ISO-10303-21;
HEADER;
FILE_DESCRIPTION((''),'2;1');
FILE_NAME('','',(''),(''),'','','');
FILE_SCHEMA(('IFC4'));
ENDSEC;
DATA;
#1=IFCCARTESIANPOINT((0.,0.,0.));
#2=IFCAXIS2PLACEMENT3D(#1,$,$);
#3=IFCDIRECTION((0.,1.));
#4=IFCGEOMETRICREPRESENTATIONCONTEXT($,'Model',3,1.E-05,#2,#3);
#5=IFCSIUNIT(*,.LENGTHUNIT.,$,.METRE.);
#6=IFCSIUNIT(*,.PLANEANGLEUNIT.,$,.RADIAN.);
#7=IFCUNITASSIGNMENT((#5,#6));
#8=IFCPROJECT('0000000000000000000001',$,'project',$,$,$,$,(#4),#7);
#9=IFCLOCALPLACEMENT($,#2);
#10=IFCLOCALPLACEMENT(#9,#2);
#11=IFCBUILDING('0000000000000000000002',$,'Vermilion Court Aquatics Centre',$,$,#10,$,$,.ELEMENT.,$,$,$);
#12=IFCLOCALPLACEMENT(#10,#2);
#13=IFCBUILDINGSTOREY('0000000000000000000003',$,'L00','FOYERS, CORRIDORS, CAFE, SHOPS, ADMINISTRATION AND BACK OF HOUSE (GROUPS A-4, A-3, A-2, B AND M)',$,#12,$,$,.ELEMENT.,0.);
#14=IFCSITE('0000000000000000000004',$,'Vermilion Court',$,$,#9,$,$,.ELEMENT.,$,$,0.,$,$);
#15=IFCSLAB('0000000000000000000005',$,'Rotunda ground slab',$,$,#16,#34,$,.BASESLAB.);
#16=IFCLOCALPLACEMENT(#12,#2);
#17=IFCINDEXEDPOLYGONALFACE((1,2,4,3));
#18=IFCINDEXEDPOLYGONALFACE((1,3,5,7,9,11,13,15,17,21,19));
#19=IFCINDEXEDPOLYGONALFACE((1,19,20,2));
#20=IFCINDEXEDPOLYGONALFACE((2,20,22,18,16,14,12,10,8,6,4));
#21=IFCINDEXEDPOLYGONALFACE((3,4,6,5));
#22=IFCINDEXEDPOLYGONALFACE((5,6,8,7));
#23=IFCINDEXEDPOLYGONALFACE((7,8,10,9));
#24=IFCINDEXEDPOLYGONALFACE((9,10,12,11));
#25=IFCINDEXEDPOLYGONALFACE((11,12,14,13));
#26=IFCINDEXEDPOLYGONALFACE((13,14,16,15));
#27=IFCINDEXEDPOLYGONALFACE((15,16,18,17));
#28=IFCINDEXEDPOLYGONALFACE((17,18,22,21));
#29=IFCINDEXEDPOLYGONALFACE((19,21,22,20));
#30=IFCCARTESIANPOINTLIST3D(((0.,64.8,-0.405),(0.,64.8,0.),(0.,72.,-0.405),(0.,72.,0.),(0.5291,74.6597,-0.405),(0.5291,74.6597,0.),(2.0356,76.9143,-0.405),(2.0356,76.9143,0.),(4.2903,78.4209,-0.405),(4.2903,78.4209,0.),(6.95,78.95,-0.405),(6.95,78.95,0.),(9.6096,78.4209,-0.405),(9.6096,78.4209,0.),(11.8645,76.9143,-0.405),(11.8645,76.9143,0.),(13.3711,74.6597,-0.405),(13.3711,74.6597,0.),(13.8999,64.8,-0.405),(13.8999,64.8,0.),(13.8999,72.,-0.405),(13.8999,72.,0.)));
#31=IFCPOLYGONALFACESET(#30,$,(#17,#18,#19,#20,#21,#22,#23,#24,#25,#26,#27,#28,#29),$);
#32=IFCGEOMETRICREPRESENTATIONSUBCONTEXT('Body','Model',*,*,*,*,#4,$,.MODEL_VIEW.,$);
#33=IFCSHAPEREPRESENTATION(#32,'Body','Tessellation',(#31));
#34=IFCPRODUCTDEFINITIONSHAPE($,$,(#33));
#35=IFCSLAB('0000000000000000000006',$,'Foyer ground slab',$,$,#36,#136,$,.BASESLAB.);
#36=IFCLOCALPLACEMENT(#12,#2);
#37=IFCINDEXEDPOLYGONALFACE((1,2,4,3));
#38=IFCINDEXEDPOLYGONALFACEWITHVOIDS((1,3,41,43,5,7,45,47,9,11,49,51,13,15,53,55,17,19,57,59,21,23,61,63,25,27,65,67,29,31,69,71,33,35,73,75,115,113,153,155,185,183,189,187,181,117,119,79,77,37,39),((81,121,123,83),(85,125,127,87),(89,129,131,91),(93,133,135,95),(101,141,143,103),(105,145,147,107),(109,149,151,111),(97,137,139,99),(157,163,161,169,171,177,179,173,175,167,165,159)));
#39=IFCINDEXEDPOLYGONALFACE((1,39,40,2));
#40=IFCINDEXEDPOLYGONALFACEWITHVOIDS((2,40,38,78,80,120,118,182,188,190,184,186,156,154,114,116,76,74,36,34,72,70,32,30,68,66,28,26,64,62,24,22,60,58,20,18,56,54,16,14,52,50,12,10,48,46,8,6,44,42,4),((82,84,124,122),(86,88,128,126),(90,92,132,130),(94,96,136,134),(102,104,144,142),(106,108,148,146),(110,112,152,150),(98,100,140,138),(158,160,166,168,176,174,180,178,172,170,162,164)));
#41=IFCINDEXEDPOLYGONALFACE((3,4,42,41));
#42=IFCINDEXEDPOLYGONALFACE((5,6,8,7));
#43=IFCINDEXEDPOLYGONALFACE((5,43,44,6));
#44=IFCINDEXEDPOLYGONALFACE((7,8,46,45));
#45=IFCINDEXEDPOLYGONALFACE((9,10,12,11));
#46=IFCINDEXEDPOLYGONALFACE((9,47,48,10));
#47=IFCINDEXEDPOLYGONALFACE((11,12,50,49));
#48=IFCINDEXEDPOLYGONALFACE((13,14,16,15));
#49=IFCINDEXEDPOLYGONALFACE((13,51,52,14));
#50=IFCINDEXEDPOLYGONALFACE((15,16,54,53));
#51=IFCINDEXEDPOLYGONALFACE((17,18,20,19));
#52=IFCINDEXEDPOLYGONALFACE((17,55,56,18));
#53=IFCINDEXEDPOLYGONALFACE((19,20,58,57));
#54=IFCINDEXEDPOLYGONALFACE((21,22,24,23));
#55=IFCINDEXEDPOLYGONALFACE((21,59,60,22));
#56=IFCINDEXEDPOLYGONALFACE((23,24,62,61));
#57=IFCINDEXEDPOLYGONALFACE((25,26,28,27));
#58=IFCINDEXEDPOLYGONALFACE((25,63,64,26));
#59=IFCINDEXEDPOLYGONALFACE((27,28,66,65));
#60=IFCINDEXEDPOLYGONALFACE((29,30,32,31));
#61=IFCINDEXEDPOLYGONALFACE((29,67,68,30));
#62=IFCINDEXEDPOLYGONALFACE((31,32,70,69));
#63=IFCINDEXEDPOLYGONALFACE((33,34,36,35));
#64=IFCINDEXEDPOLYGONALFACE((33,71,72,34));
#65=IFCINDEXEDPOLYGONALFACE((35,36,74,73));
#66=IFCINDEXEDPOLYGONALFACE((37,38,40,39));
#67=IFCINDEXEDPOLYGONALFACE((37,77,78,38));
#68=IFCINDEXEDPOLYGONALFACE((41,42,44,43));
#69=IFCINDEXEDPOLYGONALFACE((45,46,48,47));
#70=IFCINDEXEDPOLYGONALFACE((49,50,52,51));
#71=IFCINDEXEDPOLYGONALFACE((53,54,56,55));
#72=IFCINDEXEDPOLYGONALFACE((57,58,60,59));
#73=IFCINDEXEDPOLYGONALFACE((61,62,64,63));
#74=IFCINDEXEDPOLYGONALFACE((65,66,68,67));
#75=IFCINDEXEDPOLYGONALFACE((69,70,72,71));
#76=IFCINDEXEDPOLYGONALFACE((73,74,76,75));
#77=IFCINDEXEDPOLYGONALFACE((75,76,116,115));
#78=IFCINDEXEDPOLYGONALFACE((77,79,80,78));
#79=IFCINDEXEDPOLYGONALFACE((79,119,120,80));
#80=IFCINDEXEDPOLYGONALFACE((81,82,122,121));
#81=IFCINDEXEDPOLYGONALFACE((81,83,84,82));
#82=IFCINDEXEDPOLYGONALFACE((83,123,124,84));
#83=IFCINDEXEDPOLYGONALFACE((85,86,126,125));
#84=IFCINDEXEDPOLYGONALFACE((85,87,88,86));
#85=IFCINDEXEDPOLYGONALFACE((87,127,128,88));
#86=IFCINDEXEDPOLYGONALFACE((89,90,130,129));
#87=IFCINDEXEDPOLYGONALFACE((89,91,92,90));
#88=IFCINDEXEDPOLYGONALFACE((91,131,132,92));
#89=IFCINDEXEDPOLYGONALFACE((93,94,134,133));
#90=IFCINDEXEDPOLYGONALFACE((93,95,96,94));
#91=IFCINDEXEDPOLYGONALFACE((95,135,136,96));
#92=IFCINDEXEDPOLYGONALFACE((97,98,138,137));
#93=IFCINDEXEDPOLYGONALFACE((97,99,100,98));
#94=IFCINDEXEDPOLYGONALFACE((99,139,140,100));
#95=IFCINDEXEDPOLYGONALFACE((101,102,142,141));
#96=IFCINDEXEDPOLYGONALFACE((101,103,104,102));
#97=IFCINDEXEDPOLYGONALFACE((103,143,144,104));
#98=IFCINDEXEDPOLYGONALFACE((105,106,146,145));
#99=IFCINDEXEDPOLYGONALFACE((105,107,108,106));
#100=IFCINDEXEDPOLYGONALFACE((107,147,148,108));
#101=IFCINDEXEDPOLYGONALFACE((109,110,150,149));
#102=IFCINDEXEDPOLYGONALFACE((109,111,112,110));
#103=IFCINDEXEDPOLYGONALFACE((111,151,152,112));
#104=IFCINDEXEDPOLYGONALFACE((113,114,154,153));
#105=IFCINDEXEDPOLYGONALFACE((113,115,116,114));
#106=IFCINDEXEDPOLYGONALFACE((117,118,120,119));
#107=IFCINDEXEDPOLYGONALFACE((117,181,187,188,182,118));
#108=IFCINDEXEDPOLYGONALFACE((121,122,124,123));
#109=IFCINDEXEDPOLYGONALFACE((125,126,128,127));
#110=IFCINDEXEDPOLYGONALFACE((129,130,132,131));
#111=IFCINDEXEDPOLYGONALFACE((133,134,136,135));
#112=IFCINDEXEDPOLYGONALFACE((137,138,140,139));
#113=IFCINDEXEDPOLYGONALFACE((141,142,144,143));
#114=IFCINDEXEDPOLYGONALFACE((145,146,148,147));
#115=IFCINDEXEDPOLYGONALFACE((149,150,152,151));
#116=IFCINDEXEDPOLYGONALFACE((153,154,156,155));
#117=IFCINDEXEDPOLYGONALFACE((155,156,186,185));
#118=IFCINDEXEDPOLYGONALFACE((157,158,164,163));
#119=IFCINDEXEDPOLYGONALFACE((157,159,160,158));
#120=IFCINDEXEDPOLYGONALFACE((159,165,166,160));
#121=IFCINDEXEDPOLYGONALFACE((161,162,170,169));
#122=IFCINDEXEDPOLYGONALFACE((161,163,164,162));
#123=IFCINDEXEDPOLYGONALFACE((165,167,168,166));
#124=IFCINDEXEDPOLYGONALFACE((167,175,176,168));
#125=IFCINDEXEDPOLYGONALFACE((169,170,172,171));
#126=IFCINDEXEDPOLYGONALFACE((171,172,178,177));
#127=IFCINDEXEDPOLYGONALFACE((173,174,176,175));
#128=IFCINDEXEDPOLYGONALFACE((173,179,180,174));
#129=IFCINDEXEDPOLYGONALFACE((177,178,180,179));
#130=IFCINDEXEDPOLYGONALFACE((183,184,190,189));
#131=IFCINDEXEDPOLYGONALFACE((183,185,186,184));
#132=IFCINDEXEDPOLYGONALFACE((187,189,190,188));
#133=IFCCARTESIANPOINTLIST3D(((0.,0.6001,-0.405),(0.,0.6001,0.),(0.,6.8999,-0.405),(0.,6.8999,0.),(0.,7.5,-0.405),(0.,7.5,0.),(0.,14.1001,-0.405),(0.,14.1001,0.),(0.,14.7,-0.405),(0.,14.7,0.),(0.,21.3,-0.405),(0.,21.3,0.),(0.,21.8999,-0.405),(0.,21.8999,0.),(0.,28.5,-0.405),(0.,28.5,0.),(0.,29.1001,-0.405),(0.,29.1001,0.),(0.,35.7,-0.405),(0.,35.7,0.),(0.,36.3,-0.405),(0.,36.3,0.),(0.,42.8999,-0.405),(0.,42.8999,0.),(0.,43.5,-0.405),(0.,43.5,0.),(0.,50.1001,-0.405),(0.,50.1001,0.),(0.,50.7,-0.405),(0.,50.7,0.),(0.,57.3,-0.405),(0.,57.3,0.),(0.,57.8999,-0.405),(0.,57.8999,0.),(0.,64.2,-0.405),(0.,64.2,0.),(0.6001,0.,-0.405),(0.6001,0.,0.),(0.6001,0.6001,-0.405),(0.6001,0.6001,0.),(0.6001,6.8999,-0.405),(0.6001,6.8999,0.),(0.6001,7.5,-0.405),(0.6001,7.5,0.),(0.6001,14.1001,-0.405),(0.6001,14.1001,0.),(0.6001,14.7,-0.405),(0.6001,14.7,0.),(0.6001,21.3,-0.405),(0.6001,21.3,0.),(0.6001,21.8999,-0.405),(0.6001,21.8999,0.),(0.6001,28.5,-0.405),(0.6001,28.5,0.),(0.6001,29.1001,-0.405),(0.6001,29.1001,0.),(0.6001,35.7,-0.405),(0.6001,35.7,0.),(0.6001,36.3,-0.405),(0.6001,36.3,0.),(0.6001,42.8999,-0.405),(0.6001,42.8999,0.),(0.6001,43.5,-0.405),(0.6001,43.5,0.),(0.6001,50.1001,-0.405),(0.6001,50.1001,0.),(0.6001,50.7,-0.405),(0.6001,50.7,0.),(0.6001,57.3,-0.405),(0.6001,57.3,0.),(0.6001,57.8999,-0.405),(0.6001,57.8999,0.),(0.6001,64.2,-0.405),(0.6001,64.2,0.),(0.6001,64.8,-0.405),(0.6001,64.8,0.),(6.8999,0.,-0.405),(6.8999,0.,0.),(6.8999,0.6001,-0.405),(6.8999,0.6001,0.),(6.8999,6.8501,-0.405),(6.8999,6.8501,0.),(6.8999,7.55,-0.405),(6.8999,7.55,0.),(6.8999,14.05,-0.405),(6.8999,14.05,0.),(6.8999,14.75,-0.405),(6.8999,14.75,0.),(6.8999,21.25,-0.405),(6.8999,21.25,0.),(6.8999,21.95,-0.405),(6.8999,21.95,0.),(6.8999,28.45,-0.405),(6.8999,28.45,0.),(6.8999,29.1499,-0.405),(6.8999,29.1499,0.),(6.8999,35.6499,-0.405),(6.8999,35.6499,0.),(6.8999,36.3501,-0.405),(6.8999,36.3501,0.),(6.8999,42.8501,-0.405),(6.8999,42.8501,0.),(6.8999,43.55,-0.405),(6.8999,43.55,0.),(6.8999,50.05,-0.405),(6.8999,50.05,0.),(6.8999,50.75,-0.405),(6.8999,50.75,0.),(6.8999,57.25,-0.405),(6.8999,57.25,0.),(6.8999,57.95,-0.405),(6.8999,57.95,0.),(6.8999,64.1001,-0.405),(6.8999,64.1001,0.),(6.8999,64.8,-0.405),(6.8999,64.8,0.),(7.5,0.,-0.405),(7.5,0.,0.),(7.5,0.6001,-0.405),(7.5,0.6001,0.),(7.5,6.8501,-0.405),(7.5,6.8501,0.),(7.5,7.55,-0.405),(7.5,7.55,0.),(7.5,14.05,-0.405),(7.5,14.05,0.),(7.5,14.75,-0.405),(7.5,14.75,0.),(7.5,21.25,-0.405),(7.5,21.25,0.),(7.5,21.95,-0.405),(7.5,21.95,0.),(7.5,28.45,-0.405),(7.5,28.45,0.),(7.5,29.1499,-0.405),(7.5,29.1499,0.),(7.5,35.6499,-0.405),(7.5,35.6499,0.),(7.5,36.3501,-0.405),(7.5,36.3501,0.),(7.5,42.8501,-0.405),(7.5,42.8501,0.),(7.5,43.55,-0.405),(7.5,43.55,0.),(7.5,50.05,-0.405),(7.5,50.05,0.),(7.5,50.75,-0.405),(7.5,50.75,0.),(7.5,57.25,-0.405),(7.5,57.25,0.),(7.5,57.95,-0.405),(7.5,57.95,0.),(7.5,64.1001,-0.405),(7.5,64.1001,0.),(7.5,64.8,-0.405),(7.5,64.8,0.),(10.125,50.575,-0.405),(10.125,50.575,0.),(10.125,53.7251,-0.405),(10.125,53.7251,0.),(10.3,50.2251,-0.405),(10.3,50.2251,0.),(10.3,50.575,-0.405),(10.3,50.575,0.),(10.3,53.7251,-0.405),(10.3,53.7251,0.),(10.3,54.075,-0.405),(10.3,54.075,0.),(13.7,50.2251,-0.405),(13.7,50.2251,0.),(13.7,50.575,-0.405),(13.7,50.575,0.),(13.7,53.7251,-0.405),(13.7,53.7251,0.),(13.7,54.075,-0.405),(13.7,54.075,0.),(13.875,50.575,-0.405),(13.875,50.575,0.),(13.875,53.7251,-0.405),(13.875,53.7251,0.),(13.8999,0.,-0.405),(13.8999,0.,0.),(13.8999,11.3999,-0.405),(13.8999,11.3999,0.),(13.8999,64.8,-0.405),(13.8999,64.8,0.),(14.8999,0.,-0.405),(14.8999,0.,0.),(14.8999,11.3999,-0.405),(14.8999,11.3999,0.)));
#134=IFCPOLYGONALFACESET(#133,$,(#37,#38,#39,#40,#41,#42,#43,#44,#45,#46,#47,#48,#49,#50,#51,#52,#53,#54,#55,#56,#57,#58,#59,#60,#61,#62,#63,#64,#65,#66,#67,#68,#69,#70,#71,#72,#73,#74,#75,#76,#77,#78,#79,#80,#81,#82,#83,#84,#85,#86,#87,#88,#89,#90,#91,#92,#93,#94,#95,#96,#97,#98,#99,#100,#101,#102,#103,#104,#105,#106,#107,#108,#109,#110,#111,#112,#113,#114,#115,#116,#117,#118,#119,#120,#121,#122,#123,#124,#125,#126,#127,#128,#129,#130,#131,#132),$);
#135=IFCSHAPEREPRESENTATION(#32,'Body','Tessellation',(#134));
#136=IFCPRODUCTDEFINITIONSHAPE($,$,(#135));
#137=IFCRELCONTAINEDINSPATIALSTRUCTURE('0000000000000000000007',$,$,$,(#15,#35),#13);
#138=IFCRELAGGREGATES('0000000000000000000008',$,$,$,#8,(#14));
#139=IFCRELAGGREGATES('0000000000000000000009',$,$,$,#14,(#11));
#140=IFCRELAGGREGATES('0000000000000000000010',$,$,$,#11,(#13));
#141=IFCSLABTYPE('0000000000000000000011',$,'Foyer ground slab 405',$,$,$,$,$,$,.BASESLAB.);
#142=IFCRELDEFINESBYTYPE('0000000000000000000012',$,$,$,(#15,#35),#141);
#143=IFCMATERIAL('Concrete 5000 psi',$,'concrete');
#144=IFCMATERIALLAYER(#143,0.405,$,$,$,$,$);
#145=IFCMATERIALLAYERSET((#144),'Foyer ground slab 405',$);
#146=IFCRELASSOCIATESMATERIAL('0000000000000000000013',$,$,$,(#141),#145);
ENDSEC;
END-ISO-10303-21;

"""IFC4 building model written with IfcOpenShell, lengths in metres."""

from ifc_helpers import new_model, si_unit, direction, frame, origin, place, context, subcontext, project, spatial, polyline, outline, extrude, material, layer, layer_set, type_object, element, save


model = new_model("IFC4")

# Units and contexts
model_context = context("Model", 3, precision=1e-05, world=origin(), true_north=direction((0.0, 1.0)))
body_context = subcontext(model_context, "Body", "Model", "MODEL_VIEW")
ifc_project = project(units=[si_unit("LENGTHUNIT", "METRE"), si_unit("PLANEANGLEUNIT", "RADIAN")], contexts=[model_context])

# Site, building, storey
site_placement = place(None, origin())
site = spatial("IfcSite", under=ifc_project, at=site_placement, Name="Vermilion Court", CompositionType="ELEMENT", RefElevation=0.0)
building_placement = place(site_placement, origin())
building = spatial("IfcBuilding", under=site, at=building_placement, Name="Vermilion Court Aquatics Centre", CompositionType="ELEMENT")
storey_placement = place(building_placement, origin())
storey = spatial("IfcBuildingStorey", under=building, at=storey_placement, Name="L00", Description="FOYERS, CORRIDORS, CAFE, SHOPS, ADMINISTRATION AND BACK OF HOUSE (GROUPS A-4, A-3, A-2, B AND M)", CompositionType="ELEMENT", Elevation=0.0)

# Slabs
ifc_material_1 = material(Name="Concrete 5000 psi", Category="concrete")
ifc_layer_1 = layer(ifc_material_1, 0.405)
ifc_layer_set_1 = layer_set([ifc_layer_1], Name="Foyer ground slab 405")
slab_type_1 = type_object("IfcSlabType", Name="Foyer ground slab 405", PredefinedType="BASESLAB", material=ifc_layer_set_1)
slab_1_placement = place(storey_placement, frame((0.0, 0.0, -0.405)))
element("IfcSlab", 1, at=slab_1_placement, inside=storey, type_object=slab_type_1, Name="Rotunda ground slab", PredefinedType="BASESLAB", context=body_context, shape_type="SweptSolid", body=[
    extrude(outline(polyline([(0.0, 64.8), (13.8999, 64.8), (13.8999, 72.0), (13.3711, 74.6597), (11.8645, 76.9143), (9.6096, 78.4209), (6.95, 78.95), (4.2903, 78.4209), (2.0356, 76.9143), (0.5291, 74.6597), (0.0, 72.0), (0.0, 64.8)])), origin(), (0.0, 0.0, 1.0), 0.405),
])
slab_2_placement = place(storey_placement, frame((0.0, 0.0, -0.405)))
element("IfcSlab", 2, at=slab_2_placement, inside=storey, type_object=slab_type_1, Name="Foyer ground slab", PredefinedType="BASESLAB", context=body_context, shape_type="SweptSolid", body=[
    extrude(outline(polyline([(14.8999, 0.0), (13.8999, 0.0), (7.5, 0.0), (7.5, 0.6001), (6.8999, 0.6001), (6.8999, 0.0), (0.6001, 0.0), (0.6001, 0.6001), (0.0, 0.6001), (0.0, 6.8999), (0.6001, 6.8999), (0.6001, 7.5), (0.0, 7.5), (0.0, 14.1001), (0.6001, 14.1001), (0.6001, 14.7), (0.0, 14.7), (0.0, 21.3), (0.6001, 21.3), (0.6001, 21.8999), (0.0, 21.8999), (0.0, 28.5), (0.6001, 28.5), (0.6001, 29.1001), (0.0, 29.1001), (0.0, 35.7), (0.6001, 35.7), (0.6001, 36.3), (0.0, 36.3), (0.0, 42.8999), (0.6001, 42.8999), (0.6001, 43.5), (0.0, 43.5), (0.0, 50.1001), (0.6001, 50.1001), (0.6001, 50.7), (0.0, 50.7), (0.0, 57.3), (0.6001, 57.3), (0.6001, 57.8999), (0.0, 57.8999), (0.0, 64.2), (0.6001, 64.2), (0.6001, 64.8), (6.8999, 64.8), (6.8999, 64.1001), (7.5, 64.1001), (7.5, 64.8), (13.8999, 64.8), (13.8999, 11.3999), (14.8999, 11.3999), (14.8999, 0.0)]), holes=[polyline([(7.5, 7.55), (6.8999, 7.55), (6.8999, 6.8501), (7.5, 6.8501), (7.5, 7.55)]), polyline([(7.5, 14.75), (6.8999, 14.75), (6.8999, 14.05), (7.5, 14.05), (7.5, 14.75)]), polyline([(7.5, 21.25), (7.5, 21.95), (6.8999, 21.95), (6.8999, 21.25), (7.5, 21.25)]), polyline([(7.5, 28.45), (7.5, 29.1499), (6.8999, 29.1499), (6.8999, 28.45), (7.5, 28.45)]), polyline([(7.5, 36.3501), (6.8999, 36.3501), (6.8999, 35.6499), (7.5, 35.6499), (7.5, 36.3501)]), polyline([(7.5, 43.55), (6.8999, 43.55), (6.8999, 42.8501), (7.5, 42.8501), (7.5, 43.55)]), polyline([(7.5, 50.75), (6.8999, 50.75), (6.8999, 50.05), (7.5, 50.05), (7.5, 50.75)]), polyline([(7.5, 57.25), (7.5, 57.95), (6.8999, 57.95), (6.8999, 57.25), (7.5, 57.25)]), polyline([(10.3, 50.2251), (13.7, 50.2251), (13.7, 50.575), (13.875, 50.575), (13.875, 53.7251), (13.7, 53.7251), (13.7, 54.075), (10.3, 54.075), (10.3, 53.7251), (10.125, 53.7251), (10.125, 50.575), (10.3, 50.575), (10.3, 50.2251)])]), origin(), (0.0, 0.0, 1.0), 0.405),
])

save(model, "model.ifc")
